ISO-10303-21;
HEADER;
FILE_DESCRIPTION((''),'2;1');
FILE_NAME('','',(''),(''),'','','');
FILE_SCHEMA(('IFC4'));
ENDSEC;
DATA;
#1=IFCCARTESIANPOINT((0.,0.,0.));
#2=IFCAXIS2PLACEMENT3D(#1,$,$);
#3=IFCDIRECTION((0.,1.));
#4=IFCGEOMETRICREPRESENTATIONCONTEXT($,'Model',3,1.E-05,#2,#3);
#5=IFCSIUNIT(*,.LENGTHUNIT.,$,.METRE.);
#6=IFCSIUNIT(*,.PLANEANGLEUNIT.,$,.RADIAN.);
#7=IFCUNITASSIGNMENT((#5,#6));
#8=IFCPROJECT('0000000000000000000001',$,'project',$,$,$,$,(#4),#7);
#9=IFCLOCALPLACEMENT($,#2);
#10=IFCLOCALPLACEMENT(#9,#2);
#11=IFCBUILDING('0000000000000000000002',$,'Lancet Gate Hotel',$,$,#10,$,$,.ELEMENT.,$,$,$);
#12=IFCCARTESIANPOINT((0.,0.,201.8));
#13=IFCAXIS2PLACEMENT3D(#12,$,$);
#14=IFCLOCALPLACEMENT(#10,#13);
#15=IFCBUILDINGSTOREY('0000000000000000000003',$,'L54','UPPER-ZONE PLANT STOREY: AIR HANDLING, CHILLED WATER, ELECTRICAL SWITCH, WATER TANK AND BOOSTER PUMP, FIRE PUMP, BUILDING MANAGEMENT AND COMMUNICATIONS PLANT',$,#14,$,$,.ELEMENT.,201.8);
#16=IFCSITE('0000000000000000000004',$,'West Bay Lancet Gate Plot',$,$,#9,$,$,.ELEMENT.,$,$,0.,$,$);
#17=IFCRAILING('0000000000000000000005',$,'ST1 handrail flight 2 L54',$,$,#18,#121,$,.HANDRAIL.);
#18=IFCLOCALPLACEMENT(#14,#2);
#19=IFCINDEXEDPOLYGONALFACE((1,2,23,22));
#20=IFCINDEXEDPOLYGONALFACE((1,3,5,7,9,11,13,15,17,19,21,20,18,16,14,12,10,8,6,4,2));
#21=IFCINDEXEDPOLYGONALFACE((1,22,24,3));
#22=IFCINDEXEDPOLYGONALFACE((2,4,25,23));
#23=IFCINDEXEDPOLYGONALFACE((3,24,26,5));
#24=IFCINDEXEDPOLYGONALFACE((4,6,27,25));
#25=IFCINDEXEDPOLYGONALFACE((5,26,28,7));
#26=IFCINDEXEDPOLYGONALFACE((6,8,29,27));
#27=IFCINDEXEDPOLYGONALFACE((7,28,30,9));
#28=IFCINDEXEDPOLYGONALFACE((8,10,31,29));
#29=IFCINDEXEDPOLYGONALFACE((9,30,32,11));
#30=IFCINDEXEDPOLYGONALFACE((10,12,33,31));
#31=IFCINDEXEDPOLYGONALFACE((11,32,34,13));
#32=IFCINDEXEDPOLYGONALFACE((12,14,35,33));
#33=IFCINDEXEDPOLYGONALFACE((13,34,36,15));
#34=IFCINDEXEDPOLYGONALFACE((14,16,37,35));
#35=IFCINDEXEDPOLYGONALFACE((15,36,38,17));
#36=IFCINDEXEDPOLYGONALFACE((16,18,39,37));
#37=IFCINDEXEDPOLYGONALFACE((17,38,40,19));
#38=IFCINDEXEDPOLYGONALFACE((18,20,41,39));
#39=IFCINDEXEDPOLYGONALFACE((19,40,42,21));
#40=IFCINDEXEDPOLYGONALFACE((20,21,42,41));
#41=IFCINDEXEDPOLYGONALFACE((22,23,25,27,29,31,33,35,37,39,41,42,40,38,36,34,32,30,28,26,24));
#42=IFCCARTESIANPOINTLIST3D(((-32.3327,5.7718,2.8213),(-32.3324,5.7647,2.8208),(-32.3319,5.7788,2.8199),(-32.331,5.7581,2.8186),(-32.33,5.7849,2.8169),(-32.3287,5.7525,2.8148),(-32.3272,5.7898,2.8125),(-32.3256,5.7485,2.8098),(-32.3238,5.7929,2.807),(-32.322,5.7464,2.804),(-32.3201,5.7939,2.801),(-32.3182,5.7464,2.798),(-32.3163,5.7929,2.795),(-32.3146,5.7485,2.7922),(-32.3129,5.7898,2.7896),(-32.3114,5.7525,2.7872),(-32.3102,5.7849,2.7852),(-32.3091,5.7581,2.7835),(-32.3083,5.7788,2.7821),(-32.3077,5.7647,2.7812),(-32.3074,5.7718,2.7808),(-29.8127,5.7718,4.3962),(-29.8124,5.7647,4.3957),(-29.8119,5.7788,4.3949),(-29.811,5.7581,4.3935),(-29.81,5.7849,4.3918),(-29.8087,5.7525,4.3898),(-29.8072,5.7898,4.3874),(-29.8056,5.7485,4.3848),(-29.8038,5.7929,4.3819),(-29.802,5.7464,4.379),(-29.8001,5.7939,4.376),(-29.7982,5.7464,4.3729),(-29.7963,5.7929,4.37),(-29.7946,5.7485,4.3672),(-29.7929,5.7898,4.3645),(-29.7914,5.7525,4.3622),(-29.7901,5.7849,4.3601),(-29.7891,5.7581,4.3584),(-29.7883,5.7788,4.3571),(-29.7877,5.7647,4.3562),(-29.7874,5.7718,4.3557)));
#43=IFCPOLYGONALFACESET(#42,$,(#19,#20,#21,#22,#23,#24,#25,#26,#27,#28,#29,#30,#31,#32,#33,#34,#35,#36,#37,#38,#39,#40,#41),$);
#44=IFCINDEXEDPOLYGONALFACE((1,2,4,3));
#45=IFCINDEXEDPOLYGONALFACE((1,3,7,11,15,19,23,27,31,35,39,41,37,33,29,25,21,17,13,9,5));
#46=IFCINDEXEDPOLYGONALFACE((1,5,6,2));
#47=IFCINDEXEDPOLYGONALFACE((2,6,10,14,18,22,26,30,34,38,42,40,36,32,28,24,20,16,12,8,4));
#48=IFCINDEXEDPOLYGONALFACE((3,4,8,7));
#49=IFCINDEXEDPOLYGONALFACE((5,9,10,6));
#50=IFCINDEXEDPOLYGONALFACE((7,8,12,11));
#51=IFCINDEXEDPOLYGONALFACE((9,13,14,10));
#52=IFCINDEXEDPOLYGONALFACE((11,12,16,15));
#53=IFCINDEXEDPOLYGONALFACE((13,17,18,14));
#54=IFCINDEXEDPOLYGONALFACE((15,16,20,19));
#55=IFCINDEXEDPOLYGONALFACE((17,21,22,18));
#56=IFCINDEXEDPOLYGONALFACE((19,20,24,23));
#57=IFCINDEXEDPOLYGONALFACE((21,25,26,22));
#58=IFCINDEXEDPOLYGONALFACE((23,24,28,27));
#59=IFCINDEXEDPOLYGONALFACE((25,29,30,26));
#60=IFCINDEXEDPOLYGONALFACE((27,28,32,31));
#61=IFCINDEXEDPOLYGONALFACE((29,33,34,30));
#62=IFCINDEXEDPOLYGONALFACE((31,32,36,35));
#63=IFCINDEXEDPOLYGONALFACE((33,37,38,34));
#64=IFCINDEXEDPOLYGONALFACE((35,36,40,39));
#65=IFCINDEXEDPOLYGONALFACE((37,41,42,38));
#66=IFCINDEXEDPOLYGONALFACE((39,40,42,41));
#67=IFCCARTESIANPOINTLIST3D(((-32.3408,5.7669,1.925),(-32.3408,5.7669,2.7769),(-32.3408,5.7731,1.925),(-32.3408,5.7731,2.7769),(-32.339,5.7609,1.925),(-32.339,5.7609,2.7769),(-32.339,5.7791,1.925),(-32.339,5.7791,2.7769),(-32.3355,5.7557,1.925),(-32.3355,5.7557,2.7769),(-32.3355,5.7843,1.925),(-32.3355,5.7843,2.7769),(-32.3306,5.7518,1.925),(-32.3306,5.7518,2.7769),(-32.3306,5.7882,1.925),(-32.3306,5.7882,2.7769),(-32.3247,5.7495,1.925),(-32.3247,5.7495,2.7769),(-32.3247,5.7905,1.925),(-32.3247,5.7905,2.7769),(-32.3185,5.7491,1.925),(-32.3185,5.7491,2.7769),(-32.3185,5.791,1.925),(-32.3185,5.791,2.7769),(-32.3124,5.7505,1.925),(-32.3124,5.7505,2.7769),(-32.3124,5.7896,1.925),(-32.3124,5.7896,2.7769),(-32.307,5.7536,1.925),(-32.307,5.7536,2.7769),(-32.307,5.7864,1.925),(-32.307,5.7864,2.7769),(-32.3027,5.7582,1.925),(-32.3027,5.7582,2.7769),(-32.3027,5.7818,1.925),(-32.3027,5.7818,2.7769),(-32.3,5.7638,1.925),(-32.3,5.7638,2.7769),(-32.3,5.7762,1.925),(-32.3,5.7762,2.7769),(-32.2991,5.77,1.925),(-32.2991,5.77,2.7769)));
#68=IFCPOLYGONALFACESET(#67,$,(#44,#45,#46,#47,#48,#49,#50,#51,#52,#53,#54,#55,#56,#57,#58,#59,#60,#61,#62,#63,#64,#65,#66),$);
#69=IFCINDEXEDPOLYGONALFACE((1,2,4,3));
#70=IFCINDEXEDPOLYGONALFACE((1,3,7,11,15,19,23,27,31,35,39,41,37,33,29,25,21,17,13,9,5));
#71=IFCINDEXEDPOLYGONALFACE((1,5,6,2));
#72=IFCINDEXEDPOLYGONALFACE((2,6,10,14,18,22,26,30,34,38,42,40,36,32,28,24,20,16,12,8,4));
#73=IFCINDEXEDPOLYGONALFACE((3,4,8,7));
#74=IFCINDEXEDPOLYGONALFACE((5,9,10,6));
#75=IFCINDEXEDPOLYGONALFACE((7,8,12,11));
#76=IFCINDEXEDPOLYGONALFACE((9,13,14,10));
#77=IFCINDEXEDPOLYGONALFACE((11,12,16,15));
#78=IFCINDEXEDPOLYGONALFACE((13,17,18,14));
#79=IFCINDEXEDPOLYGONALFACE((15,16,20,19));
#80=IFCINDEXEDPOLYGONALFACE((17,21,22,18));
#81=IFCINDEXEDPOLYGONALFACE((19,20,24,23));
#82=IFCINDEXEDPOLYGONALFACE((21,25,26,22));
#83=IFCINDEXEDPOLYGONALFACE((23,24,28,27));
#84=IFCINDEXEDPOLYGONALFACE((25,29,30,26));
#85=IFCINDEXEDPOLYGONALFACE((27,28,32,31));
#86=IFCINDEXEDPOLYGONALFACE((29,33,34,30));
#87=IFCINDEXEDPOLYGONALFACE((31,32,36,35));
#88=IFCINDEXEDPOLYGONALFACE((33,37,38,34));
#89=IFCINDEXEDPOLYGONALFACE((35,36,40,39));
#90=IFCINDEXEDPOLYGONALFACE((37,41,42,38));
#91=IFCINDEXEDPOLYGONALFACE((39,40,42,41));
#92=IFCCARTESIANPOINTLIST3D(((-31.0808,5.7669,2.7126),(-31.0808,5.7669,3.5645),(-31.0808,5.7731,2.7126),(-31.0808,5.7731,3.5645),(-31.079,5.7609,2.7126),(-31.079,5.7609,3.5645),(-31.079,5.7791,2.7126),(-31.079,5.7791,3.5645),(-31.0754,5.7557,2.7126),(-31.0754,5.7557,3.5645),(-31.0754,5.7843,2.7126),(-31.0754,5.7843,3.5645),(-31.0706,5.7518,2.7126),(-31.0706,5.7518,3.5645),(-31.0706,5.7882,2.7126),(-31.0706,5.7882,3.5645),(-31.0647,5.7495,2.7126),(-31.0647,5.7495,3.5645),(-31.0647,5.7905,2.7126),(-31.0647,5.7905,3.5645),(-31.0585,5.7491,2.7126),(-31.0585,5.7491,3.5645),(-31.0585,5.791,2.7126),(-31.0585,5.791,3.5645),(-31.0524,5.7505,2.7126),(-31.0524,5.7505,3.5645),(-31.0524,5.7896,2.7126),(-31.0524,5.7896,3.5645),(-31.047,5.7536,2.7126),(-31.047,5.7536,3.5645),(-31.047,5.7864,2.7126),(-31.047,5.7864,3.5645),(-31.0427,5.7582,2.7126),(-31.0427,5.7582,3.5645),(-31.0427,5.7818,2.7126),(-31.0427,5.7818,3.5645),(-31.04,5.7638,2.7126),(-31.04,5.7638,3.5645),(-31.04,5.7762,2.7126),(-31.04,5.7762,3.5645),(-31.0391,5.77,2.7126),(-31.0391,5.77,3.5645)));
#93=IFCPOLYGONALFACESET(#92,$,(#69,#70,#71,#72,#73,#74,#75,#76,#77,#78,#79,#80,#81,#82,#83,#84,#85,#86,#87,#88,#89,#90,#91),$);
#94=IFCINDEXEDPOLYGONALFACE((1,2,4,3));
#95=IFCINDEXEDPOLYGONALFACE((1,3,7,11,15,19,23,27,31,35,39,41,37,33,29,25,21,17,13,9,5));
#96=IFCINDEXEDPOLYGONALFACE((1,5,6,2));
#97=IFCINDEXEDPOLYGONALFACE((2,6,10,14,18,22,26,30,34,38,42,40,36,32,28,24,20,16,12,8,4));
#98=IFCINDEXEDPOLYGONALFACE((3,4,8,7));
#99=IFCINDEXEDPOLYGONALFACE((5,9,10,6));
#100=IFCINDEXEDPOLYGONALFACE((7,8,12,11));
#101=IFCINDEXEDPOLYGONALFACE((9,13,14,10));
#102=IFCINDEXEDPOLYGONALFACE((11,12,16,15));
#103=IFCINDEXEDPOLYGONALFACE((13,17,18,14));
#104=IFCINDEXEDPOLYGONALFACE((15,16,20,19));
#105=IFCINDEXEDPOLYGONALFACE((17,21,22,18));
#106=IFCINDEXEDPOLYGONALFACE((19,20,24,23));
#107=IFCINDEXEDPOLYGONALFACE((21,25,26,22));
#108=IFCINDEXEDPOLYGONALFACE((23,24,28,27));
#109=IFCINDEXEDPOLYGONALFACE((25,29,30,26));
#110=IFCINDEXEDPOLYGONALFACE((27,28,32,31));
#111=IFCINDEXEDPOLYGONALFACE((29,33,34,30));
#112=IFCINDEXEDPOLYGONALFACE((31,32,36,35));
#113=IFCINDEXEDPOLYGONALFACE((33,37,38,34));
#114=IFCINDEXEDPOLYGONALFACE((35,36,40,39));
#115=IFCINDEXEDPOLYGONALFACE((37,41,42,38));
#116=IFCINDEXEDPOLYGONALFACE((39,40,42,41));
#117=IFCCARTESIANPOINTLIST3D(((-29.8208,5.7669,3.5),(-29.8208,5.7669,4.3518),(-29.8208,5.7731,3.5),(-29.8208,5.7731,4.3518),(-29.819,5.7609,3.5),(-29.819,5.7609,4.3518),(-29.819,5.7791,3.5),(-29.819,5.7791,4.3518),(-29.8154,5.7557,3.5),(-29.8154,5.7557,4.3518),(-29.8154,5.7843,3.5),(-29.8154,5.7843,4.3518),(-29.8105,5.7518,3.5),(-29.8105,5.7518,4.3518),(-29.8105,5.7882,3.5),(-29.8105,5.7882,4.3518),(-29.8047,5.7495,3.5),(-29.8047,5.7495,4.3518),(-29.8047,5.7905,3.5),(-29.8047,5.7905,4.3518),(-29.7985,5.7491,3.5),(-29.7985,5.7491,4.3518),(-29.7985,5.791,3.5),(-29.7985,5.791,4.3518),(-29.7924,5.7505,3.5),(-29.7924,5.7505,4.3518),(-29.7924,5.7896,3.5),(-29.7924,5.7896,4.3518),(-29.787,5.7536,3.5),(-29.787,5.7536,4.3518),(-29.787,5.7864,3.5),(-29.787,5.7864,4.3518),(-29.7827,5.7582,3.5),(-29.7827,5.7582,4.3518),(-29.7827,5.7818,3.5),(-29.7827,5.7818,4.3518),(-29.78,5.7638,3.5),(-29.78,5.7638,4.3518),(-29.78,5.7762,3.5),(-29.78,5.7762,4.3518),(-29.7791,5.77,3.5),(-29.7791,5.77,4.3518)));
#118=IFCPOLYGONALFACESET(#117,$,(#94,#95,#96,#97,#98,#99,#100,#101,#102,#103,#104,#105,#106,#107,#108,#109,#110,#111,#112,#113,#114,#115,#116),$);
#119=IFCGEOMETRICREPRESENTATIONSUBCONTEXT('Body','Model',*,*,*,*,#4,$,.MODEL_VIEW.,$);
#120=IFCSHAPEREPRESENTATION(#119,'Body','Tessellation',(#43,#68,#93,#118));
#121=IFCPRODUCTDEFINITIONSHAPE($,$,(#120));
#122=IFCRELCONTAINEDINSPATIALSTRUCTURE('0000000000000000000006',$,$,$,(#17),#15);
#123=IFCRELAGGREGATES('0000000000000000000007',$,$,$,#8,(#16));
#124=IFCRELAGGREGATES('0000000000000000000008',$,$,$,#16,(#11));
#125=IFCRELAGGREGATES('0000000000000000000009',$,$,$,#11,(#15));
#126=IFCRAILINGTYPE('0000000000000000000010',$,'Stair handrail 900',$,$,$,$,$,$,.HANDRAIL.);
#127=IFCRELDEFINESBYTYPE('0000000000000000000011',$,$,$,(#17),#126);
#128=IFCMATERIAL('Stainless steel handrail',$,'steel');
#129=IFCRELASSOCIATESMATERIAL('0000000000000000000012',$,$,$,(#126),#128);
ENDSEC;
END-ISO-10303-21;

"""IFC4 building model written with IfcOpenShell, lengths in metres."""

from ifc_helpers import new_model, si_unit, direction, frame, origin, origin_2d, place, context, subcontext, project, spatial, circle, extrude, material, type_object, element, save


model = new_model("IFC4")

# Units and contexts
model_context = context("Model", 3, precision=1e-05, world=origin(), true_north=direction((0.0, 1.0)))
body_context = subcontext(model_context, "Body", "Model", "MODEL_VIEW")
ifc_project = project(units=[si_unit("LENGTHUNIT", "METRE"), si_unit("PLANEANGLEUNIT", "RADIAN")], contexts=[model_context])

# Site, building, storey
site_placement = place(None, origin())
site = spatial("IfcSite", under=ifc_project, at=site_placement, Name="West Bay Lancet Gate Plot", CompositionType="ELEMENT", RefElevation=0.0)
building_placement = place(site_placement, origin())
building = spatial("IfcBuilding", under=site, at=building_placement, Name="Lancet Gate Hotel", CompositionType="ELEMENT")
storey_placement = place(building_placement, frame((0.0, 0.0, 201.8)))
storey = spatial("IfcBuildingStorey", under=building, at=storey_placement, Name="L54", Description="UPPER-ZONE PLANT STOREY: AIR HANDLING, CHILLED WATER, ELECTRICAL SWITCH, WATER TANK AND BOOSTER PUMP, FIRE PUMP, BUILDING MANAGEMENT AND COMMUNICATIONS PLANT", CompositionType="ELEMENT", Elevation=201.8)

# Railing
ifc_material_1 = material(Name="Stainless steel handrail", Category="steel")
railing_type = type_object("IfcRailingType", Name="Stair handrail 900", PredefinedType="HANDRAIL", material=ifc_material_1)
railing_1_placement = place(storey_placement, frame((-32.3201, 5.77, 1.925)))
element("IfcRailing", 1, at=railing_1_placement, inside=storey, type_object=railing_type, Name="ST1 handrail flight 2 L54", PredefinedType="HANDRAIL", context=body_context, shape_type="SweptSolid", body=[
    extrude(circle(Radius=0.0239, at=origin_2d()), frame((0.0, 0.0, 0.876), z_axis=(0.848008, 0.0, 0.529984), x_axis=(0.0, 1.0, 0.0)), (0.0, 0.0, 1.0), 2.9717),
    extrude(circle(Radius=0.021, at=origin_2d()), origin(), (0.0, 0.0, 1.0), 0.8518),
    extrude(circle(Radius=0.021, at=origin_2d()), frame((1.26, 0.0, 0.7876)), (0.0, 0.0, 1.0), 0.8518),
    extrude(circle(Radius=0.021, at=origin_2d()), frame((2.52, 0.0, 1.575)), (0.0, 0.0, 1.0), 0.8518),
])

save(model, "model.ifc")
